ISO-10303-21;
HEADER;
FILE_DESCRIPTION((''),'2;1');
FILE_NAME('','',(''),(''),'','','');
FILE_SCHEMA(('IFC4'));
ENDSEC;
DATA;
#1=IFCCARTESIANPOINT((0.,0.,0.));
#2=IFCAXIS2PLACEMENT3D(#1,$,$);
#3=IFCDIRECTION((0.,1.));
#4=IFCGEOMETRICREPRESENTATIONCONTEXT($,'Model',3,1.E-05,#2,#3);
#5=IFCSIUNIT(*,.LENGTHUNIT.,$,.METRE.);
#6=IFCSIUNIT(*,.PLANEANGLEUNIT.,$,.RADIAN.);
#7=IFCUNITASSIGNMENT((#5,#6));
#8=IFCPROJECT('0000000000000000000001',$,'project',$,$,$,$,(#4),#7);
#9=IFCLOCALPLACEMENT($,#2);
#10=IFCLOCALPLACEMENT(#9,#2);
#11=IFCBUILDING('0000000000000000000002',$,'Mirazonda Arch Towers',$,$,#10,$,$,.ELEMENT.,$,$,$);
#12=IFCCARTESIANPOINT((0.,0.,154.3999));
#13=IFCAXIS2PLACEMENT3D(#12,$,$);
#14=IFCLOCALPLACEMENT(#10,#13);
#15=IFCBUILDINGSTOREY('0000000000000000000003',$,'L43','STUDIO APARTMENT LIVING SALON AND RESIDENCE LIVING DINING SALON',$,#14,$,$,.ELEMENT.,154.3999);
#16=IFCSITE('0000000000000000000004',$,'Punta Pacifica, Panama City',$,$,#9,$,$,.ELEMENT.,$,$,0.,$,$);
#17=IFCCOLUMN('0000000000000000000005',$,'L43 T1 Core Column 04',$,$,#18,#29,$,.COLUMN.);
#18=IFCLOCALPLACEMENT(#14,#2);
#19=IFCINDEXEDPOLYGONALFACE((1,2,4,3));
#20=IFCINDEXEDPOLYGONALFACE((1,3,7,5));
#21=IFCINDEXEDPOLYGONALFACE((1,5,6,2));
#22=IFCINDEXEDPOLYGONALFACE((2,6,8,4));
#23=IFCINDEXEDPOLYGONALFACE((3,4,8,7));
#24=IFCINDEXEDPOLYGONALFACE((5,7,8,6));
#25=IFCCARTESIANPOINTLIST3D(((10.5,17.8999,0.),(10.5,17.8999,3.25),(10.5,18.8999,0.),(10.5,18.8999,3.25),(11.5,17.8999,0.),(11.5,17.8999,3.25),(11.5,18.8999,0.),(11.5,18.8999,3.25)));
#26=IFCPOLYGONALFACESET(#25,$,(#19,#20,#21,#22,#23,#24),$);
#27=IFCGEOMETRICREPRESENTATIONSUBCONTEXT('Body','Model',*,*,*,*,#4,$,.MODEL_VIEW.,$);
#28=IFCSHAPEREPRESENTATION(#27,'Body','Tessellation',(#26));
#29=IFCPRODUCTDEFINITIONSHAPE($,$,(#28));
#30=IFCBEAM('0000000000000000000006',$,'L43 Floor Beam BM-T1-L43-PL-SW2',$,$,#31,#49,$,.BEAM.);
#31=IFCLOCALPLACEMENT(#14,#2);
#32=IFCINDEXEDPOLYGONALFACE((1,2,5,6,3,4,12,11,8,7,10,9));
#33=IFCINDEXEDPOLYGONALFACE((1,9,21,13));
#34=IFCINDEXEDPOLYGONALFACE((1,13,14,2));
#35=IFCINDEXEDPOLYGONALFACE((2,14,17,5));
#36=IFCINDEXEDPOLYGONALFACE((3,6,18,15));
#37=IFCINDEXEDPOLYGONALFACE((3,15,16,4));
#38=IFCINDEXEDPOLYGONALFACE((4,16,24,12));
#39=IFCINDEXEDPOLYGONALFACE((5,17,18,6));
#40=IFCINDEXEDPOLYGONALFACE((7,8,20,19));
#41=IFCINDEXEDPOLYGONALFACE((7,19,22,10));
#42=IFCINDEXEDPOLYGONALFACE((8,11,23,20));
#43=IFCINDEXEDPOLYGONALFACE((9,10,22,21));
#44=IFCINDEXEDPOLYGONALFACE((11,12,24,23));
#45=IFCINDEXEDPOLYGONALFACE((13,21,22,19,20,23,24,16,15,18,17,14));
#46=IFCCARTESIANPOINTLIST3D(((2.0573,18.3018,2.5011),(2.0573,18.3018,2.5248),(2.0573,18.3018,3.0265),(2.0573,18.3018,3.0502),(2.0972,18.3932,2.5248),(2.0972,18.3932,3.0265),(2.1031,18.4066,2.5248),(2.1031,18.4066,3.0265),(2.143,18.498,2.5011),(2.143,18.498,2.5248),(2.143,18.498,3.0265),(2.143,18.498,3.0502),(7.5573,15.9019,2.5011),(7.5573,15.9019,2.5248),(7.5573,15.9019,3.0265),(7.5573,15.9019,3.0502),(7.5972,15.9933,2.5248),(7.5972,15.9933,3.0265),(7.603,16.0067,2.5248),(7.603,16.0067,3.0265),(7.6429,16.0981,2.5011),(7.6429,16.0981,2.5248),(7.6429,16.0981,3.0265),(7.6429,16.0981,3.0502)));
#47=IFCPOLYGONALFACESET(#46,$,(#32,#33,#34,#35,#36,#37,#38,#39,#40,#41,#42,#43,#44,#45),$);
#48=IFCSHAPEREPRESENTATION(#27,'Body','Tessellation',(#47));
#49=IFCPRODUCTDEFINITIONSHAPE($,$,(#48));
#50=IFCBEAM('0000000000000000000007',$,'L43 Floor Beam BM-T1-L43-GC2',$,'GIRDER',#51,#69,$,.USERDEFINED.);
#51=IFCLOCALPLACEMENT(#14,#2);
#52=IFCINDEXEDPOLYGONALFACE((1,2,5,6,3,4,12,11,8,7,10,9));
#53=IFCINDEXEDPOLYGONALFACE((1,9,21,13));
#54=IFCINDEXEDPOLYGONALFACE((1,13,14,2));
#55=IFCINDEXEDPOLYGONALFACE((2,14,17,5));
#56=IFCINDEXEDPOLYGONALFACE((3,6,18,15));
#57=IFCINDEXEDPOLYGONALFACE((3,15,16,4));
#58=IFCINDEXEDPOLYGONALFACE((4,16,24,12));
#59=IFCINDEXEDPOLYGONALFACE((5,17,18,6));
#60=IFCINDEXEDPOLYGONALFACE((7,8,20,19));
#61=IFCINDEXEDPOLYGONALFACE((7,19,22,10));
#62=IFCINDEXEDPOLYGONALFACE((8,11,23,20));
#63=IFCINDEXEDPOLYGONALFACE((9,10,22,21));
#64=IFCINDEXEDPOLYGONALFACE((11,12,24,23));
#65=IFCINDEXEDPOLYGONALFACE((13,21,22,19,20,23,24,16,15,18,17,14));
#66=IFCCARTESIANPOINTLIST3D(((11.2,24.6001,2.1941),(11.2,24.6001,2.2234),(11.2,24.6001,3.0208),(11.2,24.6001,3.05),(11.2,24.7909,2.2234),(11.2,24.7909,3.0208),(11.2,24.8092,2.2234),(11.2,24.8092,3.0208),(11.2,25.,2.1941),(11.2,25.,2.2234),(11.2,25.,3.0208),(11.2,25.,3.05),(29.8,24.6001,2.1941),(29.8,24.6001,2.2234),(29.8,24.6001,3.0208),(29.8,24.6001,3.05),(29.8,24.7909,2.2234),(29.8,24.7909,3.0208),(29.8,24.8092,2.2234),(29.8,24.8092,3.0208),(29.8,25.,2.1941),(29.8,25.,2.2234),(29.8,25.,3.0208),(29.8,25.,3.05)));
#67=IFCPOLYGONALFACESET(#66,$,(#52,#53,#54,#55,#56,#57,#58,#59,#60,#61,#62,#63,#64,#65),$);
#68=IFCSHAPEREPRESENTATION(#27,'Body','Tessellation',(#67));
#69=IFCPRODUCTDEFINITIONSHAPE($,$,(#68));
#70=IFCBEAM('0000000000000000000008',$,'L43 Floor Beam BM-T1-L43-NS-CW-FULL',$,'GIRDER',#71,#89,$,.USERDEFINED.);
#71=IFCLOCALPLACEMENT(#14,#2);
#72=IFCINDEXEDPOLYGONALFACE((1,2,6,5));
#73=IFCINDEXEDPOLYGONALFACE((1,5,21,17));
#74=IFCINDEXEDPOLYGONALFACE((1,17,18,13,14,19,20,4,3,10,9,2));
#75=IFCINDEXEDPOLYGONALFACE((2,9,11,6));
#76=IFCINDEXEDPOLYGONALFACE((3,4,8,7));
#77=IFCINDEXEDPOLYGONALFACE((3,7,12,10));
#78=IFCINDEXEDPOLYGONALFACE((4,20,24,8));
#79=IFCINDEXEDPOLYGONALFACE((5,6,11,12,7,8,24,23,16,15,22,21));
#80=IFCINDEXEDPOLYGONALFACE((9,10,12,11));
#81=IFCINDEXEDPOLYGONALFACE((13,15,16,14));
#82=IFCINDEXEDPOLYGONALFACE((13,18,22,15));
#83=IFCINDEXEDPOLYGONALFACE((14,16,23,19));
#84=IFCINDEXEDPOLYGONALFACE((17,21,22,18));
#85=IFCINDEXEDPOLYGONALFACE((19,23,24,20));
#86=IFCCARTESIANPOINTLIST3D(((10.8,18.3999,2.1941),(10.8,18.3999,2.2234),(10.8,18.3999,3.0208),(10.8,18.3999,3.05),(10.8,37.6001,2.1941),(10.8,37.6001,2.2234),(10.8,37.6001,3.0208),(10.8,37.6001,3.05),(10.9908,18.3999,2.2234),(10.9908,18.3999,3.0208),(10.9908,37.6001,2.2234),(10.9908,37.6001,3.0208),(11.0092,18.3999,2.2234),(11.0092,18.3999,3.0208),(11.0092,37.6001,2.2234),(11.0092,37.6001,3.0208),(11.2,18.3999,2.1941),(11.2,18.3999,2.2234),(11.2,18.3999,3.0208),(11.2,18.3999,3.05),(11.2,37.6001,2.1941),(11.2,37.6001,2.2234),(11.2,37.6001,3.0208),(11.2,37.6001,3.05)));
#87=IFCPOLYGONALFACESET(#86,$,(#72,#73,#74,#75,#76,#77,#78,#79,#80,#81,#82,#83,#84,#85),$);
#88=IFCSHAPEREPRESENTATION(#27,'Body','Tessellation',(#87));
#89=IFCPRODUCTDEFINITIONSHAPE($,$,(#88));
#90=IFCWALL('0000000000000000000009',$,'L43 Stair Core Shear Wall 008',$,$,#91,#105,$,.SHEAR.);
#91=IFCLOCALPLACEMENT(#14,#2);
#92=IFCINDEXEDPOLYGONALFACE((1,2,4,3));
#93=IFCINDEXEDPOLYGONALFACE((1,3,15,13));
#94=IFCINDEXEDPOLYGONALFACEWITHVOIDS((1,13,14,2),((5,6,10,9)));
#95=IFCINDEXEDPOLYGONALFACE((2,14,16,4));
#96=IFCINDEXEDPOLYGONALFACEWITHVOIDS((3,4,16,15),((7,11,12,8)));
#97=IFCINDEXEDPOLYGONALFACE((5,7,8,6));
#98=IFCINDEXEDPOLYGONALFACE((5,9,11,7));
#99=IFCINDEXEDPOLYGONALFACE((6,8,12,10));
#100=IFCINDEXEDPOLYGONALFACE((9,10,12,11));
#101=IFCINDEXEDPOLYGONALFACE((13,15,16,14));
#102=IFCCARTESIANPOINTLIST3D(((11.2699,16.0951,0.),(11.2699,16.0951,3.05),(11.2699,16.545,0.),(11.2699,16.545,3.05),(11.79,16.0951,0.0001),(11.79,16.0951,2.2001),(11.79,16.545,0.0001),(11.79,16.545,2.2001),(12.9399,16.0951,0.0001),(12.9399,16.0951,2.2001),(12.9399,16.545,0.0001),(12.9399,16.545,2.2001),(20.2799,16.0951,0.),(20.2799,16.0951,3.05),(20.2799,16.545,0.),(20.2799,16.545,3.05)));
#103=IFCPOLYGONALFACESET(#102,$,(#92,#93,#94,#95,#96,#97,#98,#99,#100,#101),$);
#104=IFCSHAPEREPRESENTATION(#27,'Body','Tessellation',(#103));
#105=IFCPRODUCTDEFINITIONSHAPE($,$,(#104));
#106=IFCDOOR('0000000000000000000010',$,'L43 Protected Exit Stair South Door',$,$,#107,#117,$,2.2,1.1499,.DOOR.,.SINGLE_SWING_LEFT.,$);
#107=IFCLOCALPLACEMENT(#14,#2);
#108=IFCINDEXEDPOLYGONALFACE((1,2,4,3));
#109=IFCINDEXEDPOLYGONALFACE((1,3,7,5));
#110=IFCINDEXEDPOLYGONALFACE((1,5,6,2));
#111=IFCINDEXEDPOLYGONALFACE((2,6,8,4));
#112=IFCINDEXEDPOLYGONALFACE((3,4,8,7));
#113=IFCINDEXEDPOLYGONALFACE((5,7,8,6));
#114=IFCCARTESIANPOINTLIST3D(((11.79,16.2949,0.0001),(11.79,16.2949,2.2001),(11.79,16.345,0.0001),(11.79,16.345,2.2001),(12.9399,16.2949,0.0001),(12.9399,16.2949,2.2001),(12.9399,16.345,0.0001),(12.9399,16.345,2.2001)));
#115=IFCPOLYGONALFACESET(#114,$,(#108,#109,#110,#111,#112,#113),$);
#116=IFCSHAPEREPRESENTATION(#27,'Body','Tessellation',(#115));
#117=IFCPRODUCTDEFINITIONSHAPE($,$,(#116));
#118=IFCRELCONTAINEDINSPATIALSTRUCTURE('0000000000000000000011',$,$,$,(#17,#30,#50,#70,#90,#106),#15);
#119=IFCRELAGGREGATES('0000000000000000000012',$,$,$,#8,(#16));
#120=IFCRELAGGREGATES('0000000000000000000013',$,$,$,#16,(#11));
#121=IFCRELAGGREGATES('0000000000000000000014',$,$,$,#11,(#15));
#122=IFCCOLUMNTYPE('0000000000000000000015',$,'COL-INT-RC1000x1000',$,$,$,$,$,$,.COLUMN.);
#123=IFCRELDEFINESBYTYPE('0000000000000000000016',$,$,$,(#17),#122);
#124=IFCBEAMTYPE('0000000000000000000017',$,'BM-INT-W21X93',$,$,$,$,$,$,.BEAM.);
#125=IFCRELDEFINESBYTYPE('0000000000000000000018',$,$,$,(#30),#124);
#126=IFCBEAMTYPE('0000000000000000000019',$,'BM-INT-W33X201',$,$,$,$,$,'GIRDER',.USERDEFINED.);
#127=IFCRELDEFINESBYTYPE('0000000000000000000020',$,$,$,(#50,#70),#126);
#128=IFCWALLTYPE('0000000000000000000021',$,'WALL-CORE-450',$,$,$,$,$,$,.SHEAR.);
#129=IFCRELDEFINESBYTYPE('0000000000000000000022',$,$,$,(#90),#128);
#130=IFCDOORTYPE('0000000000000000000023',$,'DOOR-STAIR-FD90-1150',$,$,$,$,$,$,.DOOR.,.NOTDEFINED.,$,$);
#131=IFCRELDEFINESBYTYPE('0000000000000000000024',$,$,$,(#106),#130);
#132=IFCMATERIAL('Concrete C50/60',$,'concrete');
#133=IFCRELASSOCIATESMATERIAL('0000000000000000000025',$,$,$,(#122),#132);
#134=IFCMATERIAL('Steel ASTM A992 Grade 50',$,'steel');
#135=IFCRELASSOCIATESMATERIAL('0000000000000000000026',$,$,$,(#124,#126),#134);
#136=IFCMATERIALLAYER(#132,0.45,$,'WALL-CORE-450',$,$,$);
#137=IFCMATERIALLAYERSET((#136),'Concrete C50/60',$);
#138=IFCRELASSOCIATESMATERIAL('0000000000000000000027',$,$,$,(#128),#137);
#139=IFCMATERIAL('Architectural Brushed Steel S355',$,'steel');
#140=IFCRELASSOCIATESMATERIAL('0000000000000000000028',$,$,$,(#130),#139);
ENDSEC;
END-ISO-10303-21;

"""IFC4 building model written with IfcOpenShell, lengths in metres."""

from ifc_helpers import new_model, si_unit, direction, frame, frame_2d, origin, origin_2d, place, context, subcontext, project, spatial, rectangle, i_section, extrude, material, layer, layer_set, material_profile, profile_set, type_object, element, fill, save


model = new_model("IFC4")

# Units and contexts
model_context = context("Model", 3, precision=1e-05, world=origin(), true_north=direction((0.0, 1.0)))
body_context = subcontext(model_context, "Body", "Model", "MODEL_VIEW")
ifc_project = project(units=[si_unit("LENGTHUNIT", "METRE"), si_unit("PLANEANGLEUNIT", "RADIAN")], contexts=[model_context])

# Site, building, storey
site_placement = place(None, origin())
site = spatial("IfcSite", under=ifc_project, at=site_placement, Name="Punta Pacifica, Panama City", CompositionType="ELEMENT", RefElevation=0.0)
building_placement = place(site_placement, origin())
building = spatial("IfcBuilding", under=site, at=building_placement, Name="Mirazonda Arch Towers", CompositionType="ELEMENT")
storey_placement = place(building_placement, frame((0.0, 0.0, 154.3999)))
storey = spatial("IfcBuildingStorey", under=building, at=storey_placement, Name="L43", Description="STUDIO APARTMENT LIVING SALON AND RESIDENCE LIVING DINING SALON", CompositionType="ELEMENT", Elevation=154.3999)

# Column
ifc_material_1 = material(Name="Concrete C50/60", Category="concrete")
ifc_material_profile_1 = material_profile(ifc_material_1, rectangle(XDim=1.0, YDim=1.0, at=origin_2d()), Name="RC1000x1000")
ifc_profile_set_1 = profile_set([ifc_material_profile_1], Name="Concrete C50/60")
column_type = type_object("IfcColumnType", Name="COL-INT-RC1000x1000", PredefinedType="COLUMN", material=ifc_profile_set_1)
column_placement = place(storey_placement, frame((11.0, 18.3999, 0.0), z_axis=(0.0, 0.0, 1.0), x_axis=(1.0, 0.0, 0.0)))
element("IfcColumn", 1, at=column_placement, inside=storey, type_object=column_type, Name="L43 T1 Core Column 04", PredefinedType="COLUMN", context=body_context, shape_type="SweptSolid", body=[
    extrude(rectangle(XDim=1.0, YDim=1.0, at=origin_2d()), origin(), (0.0, 0.0, 1.0), 3.25),
])

# Beams
ifc_material_2 = material(Name="Steel ASTM A992 Grade 50", Category="steel")
ifc_material_profile_2 = material_profile(ifc_material_2, i_section(OverallWidth=0.2141, OverallDepth=0.5491, WebThickness=0.0146, FlangeThickness=0.0237, at=origin_2d()), Name="W21X93")
ifc_profile_set_2 = profile_set([ifc_material_profile_2], Name="Steel ASTM A992 Grade 50")
beam_type_1 = type_object("IfcBeamType", Name="BM-INT-W21X93", PredefinedType="BEAM", material=ifc_profile_set_2)
beam_1_placement = place(storey_placement, frame((7.6001, 16.0, 2.7756), z_axis=(-0.916545, 0.399931, 0.0), x_axis=(-0.399931, -0.916545, 0.0)))
element("IfcBeam", 2, at=beam_1_placement, inside=storey, type_object=beam_type_1, Name="L43 Floor Beam BM-T1-L43-PL-SW2", PredefinedType="BEAM", context=body_context, shape_type="SweptSolid", body=[
    extrude(i_section(OverallWidth=0.2141, OverallDepth=0.5491, WebThickness=0.0146, FlangeThickness=0.0237, at=origin_2d()), origin(), (0.0, 0.0, 1.0), 6.0007),
])
ifc_material_profile_3 = material_profile(ifc_material_2, i_section(OverallWidth=0.3999, OverallDepth=0.856, WebThickness=0.0183, FlangeThickness=0.0293, at=origin_2d()), Name="W33X201")
ifc_profile_set_3 = profile_set([ifc_material_profile_3], Name="Steel ASTM A992 Grade 50")
beam_type_2 = type_object("IfcBeamType", Name="BM-INT-W33X201", ElementType="GIRDER", PredefinedType="USERDEFINED", material=ifc_profile_set_3)
beam_2_placement = place(storey_placement, frame((11.2, 24.8, 2.6221), z_axis=(1.0, 0.0, 0.0), x_axis=(0.0, 1.0, 0.0)))
element("IfcBeam", 3, at=beam_2_placement, inside=storey, type_object=beam_type_2, Name="L43 Floor Beam BM-T1-L43-GC2", ObjectType="GIRDER", PredefinedType="USERDEFINED", context=body_context, shape_type="SweptSolid", body=[
    extrude(i_section(OverallWidth=0.3999, OverallDepth=0.856, WebThickness=0.0183, FlangeThickness=0.0293, at=origin_2d()), origin(), (0.0, 0.0, 1.0), 18.6001),
])
beam_3_placement = place(storey_placement, frame((11.0, 18.3999, 2.6221), z_axis=(0.0, 1.0, 0.0), x_axis=(-1.0, 0.0, 0.0)))
element("IfcBeam", 4, at=beam_3_placement, inside=storey, type_object=beam_type_2, Name="L43 Floor Beam BM-T1-L43-NS-CW-FULL", ObjectType="GIRDER", PredefinedType="USERDEFINED", context=body_context, shape_type="SweptSolid", body=[
    extrude(i_section(OverallWidth=0.3999, OverallDepth=0.856, WebThickness=0.0183, FlangeThickness=0.0293, at=origin_2d()), origin(), (0.0, 0.0, 1.0), 19.2002),
])

# Wall, opening, door
ifc_layer_1 = layer(ifc_material_1, 0.45, Name="WALL-CORE-450")
ifc_layer_set_1 = layer_set([ifc_layer_1], Name="Concrete C50/60")
wall_type_1 = type_object("IfcWallType", Name="WALL-CORE-450", PredefinedType="SHEAR", material=ifc_layer_set_1)
wall_1_placement = place(storey_placement, frame((11.27, 16.3201, 0.0), z_axis=(0.0, 0.0, 1.0), x_axis=(1.0, 0.0, 0.0)))
wall_1 = element("IfcWall", 5, at=wall_1_placement, inside=storey, type_object=wall_type_1, Name="L43 Stair Core Shear Wall 008", PredefinedType="SHEAR", context=body_context, shape_type="SweptSolid", body=[
    extrude(rectangle(XDim=9.01, YDim=0.45, at=frame_2d((4.5049, 0.0))), origin(), (0.0, 0.0, 1.0), 3.05),
])
opening_1_placement = place(wall_1_placement, frame((0.52, 0.0, 0.0)))
opening_1 = element("IfcOpeningElement", 6, at=opening_1_placement, cuts=wall_1, PredefinedType="OPENING", context=body_context, shape_type="SweptSolid", body=[
    extrude(rectangle(XDim=1.1499, YDim=2.2, at=frame_2d((0.575, 1.1001))), frame((0.0, 0.2349, 0.0), z_axis=(0.0, -1.0, 0.0), x_axis=(1.0, 0.0, 0.0)), (0.0, 0.0, 1.0), 0.47),
])
ifc_material_3 = material(Name="Architectural Brushed Steel S355", Category="steel")
door_type_1 = type_object("IfcDoorType", Name="DOOR-STAIR-FD90-1150", OperationType="NOTDEFINED", PredefinedType="DOOR", material=ifc_material_3)
door_1_placement = place(opening_1_placement, origin())
door_1 = element("IfcDoor", 7, at=door_1_placement, inside=storey, type_object=door_type_1, Name="L43 Protected Exit Stair South Door", OperationType="SINGLE_SWING_LEFT", OverallHeight=2.2, OverallWidth=1.1499, PredefinedType="DOOR", context=body_context, shape_type="SweptSolid", body=[
    extrude(rectangle(XDim=1.1499, YDim=2.2, at=frame_2d((0.575, 1.1001))), frame((0.0, 0.0249, 0.0), z_axis=(0.0, -1.0, 0.0), x_axis=(1.0, 0.0, 0.0)), (0.0, 0.0, 1.0), 0.05),
])
fill(opening_1, door_1)

save(model, "model.ifc")
